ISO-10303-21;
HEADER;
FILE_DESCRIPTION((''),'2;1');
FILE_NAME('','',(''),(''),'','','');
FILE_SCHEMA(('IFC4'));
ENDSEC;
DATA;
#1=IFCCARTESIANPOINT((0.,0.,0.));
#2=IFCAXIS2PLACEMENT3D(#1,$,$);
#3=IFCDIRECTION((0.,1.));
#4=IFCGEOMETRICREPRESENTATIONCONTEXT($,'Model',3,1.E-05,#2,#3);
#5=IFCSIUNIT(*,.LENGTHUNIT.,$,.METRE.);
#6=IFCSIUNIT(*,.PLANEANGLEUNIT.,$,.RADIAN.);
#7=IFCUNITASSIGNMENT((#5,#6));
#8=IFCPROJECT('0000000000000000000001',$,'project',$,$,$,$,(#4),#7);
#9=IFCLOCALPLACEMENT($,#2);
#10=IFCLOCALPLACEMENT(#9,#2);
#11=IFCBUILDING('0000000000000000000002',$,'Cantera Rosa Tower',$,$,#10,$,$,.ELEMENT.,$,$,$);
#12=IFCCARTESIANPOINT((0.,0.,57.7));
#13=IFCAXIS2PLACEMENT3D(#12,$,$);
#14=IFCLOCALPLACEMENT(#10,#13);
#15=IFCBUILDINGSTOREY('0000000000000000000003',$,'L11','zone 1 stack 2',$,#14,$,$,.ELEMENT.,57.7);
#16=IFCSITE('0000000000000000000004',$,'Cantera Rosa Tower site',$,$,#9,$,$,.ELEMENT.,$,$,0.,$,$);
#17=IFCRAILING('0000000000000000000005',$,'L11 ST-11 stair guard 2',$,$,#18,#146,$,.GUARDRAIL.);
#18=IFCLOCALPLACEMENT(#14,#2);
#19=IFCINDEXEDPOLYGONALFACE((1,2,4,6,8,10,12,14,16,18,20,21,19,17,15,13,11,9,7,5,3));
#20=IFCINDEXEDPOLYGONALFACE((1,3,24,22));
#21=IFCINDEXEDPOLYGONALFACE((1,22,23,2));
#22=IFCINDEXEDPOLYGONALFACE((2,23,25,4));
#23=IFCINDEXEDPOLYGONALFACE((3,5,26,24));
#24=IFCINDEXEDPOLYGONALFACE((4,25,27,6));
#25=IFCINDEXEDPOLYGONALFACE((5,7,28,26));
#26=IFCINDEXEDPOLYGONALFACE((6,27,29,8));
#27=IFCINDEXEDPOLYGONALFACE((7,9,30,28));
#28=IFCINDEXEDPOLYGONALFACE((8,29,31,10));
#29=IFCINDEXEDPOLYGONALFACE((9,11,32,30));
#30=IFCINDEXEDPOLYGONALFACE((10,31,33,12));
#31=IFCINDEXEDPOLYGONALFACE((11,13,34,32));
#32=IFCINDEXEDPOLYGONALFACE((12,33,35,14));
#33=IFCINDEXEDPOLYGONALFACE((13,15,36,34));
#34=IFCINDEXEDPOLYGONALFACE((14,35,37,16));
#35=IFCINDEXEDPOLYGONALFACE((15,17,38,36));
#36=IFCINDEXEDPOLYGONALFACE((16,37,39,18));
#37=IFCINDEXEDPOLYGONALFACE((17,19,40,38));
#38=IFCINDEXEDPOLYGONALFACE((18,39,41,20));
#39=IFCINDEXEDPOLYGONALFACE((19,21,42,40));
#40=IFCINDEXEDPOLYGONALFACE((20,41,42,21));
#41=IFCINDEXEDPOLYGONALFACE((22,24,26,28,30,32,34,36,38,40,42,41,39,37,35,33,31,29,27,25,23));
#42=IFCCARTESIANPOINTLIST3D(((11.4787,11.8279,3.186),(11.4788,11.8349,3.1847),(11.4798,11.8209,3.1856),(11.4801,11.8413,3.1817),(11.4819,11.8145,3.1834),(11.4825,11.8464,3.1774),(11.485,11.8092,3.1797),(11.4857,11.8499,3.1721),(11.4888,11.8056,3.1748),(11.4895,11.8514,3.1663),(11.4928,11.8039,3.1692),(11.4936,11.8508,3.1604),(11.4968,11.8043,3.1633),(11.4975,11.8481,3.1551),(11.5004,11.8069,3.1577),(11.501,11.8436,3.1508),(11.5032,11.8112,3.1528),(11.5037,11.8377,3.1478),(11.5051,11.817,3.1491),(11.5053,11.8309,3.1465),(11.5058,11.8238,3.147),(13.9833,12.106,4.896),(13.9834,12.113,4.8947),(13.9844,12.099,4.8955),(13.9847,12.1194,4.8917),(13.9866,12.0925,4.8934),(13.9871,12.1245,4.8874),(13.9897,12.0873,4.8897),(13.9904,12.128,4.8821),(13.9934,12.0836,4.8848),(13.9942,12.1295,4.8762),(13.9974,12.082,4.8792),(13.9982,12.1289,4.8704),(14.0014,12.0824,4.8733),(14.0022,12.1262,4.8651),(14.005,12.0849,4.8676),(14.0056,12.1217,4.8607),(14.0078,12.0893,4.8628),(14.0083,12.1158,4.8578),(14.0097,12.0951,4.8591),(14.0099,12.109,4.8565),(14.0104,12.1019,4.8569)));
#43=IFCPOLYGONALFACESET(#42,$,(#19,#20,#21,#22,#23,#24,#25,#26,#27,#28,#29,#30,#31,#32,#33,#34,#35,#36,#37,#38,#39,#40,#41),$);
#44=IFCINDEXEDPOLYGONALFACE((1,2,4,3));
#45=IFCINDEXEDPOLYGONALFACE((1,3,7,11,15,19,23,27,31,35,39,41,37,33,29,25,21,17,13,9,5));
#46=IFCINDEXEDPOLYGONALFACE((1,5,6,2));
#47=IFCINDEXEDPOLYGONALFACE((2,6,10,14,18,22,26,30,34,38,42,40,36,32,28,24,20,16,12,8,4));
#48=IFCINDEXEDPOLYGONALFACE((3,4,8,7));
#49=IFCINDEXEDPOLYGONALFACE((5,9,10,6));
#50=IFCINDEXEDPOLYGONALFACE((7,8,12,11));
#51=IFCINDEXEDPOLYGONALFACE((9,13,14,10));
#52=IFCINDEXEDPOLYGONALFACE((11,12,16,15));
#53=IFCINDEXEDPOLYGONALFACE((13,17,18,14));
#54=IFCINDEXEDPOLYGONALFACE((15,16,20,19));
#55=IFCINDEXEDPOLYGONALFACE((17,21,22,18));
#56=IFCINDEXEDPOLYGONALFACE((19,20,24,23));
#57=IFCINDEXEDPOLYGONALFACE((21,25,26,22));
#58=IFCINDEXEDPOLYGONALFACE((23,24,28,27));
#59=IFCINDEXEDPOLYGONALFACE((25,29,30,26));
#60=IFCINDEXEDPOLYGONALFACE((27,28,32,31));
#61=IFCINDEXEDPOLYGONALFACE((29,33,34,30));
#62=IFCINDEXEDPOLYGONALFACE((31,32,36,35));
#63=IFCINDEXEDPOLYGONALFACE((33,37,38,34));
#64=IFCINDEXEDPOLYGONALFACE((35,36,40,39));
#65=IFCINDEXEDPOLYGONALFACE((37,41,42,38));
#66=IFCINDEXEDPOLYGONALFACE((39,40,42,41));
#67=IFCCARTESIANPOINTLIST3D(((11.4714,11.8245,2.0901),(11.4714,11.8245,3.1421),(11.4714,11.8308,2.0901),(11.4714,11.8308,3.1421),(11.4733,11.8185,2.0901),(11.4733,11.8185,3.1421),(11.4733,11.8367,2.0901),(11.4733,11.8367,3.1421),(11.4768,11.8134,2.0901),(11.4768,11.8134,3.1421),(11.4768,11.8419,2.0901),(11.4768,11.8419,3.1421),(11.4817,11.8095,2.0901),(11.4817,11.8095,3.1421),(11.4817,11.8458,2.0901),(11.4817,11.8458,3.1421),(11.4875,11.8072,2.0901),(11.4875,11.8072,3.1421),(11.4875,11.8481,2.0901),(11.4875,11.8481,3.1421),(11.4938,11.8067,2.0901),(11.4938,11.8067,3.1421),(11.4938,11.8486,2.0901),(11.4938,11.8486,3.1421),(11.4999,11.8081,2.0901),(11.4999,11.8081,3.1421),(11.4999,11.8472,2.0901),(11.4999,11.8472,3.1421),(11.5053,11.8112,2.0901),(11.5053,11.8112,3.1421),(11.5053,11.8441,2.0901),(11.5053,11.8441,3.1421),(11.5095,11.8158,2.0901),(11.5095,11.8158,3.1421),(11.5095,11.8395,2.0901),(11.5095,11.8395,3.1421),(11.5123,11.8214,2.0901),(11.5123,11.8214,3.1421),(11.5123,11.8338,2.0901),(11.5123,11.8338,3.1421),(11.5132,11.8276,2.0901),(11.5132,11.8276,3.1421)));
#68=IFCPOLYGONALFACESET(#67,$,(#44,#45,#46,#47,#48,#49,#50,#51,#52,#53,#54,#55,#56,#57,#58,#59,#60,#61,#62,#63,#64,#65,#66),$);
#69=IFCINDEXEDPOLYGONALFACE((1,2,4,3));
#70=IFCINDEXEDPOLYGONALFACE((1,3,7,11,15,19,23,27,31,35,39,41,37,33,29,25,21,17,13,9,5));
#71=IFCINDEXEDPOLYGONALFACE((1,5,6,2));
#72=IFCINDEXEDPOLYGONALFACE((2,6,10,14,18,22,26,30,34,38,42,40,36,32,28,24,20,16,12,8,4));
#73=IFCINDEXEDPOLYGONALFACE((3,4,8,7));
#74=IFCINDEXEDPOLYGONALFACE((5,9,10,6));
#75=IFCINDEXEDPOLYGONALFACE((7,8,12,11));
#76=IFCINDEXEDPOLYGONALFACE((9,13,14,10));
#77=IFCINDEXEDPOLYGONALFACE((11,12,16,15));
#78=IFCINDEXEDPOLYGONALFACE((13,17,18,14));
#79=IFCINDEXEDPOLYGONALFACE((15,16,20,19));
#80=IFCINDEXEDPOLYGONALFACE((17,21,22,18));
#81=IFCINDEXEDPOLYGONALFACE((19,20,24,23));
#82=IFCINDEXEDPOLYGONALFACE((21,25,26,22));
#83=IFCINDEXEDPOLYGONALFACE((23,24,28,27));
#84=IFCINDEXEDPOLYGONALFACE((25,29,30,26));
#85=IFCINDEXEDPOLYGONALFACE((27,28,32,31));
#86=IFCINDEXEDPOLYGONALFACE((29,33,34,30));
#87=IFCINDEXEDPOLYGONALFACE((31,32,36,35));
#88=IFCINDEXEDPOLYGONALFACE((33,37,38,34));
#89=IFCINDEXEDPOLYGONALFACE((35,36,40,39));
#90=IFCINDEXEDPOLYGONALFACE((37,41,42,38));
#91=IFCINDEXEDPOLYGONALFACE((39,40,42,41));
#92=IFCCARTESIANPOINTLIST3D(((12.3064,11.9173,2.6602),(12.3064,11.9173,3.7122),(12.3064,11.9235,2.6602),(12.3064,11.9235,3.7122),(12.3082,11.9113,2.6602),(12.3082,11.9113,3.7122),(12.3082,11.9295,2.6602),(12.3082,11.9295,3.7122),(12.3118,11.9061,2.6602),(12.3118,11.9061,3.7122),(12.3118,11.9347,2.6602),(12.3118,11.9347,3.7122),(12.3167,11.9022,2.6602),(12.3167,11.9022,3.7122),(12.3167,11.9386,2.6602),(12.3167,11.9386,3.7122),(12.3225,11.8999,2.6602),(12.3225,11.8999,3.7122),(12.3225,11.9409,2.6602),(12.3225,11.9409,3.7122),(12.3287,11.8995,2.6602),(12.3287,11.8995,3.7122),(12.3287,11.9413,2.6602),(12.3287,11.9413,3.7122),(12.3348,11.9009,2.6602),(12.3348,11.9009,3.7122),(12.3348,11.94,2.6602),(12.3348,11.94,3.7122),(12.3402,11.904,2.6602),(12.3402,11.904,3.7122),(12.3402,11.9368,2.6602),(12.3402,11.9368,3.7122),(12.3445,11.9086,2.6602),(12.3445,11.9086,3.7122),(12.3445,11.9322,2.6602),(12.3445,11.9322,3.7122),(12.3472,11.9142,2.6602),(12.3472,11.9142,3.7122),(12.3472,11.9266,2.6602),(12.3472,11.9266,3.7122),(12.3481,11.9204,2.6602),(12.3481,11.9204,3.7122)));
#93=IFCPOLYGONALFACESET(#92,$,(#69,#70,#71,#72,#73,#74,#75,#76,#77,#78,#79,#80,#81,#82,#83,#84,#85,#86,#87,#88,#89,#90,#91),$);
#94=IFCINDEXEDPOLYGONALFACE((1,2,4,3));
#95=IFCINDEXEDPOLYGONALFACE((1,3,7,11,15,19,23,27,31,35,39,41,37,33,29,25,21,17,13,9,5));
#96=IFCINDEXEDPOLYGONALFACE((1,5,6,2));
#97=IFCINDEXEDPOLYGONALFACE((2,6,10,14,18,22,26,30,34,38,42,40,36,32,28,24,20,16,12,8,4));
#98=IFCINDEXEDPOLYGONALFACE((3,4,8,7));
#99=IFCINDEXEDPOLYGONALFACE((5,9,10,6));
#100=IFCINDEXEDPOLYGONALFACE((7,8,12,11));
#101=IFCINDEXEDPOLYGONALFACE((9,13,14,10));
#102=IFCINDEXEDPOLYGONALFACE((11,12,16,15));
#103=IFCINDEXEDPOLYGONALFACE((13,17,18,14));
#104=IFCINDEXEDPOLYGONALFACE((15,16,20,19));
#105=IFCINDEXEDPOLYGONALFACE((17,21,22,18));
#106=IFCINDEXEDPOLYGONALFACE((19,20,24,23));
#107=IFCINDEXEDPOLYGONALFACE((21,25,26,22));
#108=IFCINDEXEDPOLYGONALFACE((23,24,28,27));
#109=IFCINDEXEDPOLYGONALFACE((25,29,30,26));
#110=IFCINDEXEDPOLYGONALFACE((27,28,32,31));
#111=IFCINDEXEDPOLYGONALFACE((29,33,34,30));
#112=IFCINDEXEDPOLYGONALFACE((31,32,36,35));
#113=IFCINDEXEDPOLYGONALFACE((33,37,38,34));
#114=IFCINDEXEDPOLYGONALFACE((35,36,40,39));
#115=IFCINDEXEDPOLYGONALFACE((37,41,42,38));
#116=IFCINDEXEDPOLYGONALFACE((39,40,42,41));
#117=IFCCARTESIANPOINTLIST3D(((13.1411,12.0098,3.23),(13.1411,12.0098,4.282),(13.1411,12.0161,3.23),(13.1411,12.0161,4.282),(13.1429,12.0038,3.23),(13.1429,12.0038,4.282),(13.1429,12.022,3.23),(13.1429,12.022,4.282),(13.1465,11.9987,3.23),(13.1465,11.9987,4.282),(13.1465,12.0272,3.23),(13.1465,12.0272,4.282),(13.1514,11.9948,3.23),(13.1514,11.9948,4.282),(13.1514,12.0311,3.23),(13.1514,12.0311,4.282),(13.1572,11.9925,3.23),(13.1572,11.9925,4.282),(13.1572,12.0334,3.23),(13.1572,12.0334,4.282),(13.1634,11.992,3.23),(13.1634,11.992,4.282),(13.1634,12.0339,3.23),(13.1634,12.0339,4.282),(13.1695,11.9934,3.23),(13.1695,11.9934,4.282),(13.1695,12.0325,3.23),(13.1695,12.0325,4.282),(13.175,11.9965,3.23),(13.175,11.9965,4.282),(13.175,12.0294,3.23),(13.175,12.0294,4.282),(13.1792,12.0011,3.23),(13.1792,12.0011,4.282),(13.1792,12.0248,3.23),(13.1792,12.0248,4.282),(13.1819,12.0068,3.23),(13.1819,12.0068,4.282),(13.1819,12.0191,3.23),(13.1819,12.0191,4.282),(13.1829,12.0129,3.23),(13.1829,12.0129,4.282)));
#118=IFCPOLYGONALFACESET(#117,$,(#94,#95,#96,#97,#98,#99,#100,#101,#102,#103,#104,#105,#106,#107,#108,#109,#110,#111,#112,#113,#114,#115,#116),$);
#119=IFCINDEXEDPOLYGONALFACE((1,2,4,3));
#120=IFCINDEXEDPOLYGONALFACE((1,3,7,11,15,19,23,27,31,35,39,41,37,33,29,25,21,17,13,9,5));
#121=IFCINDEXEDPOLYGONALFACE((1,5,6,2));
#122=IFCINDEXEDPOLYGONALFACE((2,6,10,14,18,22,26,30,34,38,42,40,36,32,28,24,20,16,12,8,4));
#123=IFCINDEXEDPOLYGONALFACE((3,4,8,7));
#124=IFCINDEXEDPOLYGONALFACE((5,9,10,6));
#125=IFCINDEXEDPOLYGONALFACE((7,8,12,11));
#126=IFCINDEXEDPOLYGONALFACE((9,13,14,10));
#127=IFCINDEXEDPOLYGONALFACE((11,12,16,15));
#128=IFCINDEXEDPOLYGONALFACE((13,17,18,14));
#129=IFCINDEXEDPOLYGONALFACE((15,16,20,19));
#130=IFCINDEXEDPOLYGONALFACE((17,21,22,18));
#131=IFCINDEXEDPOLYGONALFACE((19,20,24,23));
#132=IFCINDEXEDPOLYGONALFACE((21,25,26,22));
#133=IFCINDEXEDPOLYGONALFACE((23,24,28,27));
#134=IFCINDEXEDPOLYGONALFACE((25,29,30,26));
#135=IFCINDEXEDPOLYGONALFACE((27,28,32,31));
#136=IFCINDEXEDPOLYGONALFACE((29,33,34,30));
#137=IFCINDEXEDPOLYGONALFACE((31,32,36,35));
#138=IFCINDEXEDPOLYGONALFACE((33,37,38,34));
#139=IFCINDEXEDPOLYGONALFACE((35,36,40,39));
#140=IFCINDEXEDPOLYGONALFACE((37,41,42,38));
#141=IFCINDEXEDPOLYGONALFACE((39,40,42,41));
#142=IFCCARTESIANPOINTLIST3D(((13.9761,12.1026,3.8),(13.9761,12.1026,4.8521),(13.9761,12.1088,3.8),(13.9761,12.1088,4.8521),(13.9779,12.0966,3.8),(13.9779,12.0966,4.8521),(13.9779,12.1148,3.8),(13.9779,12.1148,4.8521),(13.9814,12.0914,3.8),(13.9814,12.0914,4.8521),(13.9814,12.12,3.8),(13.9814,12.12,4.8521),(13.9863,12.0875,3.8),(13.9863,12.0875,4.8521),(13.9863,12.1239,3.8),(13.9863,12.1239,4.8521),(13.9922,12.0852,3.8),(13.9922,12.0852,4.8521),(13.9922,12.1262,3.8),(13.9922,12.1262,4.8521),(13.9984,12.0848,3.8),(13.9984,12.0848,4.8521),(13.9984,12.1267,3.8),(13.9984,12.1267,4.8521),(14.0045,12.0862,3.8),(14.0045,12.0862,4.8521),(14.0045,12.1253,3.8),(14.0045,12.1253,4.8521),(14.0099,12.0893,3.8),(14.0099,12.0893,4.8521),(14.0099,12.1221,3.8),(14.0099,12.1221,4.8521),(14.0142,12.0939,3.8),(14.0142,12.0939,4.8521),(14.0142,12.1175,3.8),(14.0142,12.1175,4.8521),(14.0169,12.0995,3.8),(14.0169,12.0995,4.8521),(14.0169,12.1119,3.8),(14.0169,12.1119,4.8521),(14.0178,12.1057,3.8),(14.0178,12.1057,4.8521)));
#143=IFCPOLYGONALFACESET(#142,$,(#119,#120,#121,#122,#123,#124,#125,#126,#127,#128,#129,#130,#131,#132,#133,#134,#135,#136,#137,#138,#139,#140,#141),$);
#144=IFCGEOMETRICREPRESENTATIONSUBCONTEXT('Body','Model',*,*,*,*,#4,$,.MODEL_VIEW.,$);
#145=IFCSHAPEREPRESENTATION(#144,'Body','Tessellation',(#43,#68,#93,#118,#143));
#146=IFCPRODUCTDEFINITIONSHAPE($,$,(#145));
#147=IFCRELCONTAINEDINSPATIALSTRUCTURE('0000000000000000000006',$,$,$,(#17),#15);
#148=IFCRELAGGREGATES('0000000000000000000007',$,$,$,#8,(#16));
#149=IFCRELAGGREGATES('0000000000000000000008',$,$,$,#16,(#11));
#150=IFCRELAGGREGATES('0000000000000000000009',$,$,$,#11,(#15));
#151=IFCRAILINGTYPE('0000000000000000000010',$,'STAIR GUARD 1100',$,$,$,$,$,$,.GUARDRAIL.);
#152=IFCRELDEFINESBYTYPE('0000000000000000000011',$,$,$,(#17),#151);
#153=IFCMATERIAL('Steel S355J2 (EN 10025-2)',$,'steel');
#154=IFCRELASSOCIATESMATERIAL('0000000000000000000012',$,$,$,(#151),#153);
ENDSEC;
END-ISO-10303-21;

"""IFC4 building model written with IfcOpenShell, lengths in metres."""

from ifc_helpers import new_model, si_unit, direction, frame, origin, origin_2d, place, context, subcontext, project, spatial, circle, extrude, material, type_object, element, save


model = new_model("IFC4")

# Units and contexts
model_context = context("Model", 3, precision=1e-05, world=origin(), true_north=direction((0.0, 1.0)))
body_context = subcontext(model_context, "Body", "Model", "MODEL_VIEW")
ifc_project = project(units=[si_unit("LENGTHUNIT", "METRE"), si_unit("PLANEANGLEUNIT", "RADIAN")], contexts=[model_context])

# Site, building, storey
site_placement = place(None, origin())
site = spatial("IfcSite", under=ifc_project, at=site_placement, Name="Cantera Rosa Tower site", CompositionType="ELEMENT", RefElevation=0.0)
building_placement = place(site_placement, origin())
building = spatial("IfcBuilding", under=site, at=building_placement, Name="Cantera Rosa Tower", CompositionType="ELEMENT")
storey_placement = place(building_placement, frame((0.0, 0.0, 57.7)))
storey = spatial("IfcBuildingStorey", under=building, at=storey_placement, Name="L11", Description="zone 1 stack 2", CompositionType="ELEMENT", Elevation=57.7)

# Railing
ifc_material_1 = material(Name="Steel S355J2 (EN 10025-2)", Category="steel")
railing_type_1 = type_object("IfcRailingType", Name="STAIR GUARD 1100", PredefinedType="GUARDRAIL", material=ifc_material_1)
railing_1_placement = place(storey_placement, frame((11.4922, 11.8276, 2.0901)))
element("IfcRailing", 1, at=railing_1_placement, inside=storey, type_object=railing_type_1, Name="L11 ST-11 stair guard 2", PredefinedType="GUARDRAIL", context=body_context, shape_type="SweptSolid", body=[
    extrude(circle(Radius=0.0239, at=origin_2d()), frame((0.0, 0.0, 1.0762), z_axis=(0.822431, 0.09131, 0.561488), x_axis=(-0.110346, 0.993893, 0.0)), (0.0, 0.0, 1.0), 3.0454),
    extrude(circle(Radius=0.021, at=origin_2d()), origin(), (0.0, 0.0, 1.0), 1.052),
    extrude(circle(Radius=0.021, at=origin_2d()), frame((0.835, 0.0928, 0.5701)), (0.0, 0.0, 1.0), 1.052),
    extrude(circle(Radius=0.021, at=origin_2d()), frame((1.6697, 0.1853, 1.1399)), (0.0, 0.0, 1.0), 1.052),
    extrude(circle(Radius=0.021, at=origin_2d()), frame((2.5046, 0.2781, 1.71)), (0.0, 0.0, 1.0), 1.052),
])

save(model, "model.ifc")
